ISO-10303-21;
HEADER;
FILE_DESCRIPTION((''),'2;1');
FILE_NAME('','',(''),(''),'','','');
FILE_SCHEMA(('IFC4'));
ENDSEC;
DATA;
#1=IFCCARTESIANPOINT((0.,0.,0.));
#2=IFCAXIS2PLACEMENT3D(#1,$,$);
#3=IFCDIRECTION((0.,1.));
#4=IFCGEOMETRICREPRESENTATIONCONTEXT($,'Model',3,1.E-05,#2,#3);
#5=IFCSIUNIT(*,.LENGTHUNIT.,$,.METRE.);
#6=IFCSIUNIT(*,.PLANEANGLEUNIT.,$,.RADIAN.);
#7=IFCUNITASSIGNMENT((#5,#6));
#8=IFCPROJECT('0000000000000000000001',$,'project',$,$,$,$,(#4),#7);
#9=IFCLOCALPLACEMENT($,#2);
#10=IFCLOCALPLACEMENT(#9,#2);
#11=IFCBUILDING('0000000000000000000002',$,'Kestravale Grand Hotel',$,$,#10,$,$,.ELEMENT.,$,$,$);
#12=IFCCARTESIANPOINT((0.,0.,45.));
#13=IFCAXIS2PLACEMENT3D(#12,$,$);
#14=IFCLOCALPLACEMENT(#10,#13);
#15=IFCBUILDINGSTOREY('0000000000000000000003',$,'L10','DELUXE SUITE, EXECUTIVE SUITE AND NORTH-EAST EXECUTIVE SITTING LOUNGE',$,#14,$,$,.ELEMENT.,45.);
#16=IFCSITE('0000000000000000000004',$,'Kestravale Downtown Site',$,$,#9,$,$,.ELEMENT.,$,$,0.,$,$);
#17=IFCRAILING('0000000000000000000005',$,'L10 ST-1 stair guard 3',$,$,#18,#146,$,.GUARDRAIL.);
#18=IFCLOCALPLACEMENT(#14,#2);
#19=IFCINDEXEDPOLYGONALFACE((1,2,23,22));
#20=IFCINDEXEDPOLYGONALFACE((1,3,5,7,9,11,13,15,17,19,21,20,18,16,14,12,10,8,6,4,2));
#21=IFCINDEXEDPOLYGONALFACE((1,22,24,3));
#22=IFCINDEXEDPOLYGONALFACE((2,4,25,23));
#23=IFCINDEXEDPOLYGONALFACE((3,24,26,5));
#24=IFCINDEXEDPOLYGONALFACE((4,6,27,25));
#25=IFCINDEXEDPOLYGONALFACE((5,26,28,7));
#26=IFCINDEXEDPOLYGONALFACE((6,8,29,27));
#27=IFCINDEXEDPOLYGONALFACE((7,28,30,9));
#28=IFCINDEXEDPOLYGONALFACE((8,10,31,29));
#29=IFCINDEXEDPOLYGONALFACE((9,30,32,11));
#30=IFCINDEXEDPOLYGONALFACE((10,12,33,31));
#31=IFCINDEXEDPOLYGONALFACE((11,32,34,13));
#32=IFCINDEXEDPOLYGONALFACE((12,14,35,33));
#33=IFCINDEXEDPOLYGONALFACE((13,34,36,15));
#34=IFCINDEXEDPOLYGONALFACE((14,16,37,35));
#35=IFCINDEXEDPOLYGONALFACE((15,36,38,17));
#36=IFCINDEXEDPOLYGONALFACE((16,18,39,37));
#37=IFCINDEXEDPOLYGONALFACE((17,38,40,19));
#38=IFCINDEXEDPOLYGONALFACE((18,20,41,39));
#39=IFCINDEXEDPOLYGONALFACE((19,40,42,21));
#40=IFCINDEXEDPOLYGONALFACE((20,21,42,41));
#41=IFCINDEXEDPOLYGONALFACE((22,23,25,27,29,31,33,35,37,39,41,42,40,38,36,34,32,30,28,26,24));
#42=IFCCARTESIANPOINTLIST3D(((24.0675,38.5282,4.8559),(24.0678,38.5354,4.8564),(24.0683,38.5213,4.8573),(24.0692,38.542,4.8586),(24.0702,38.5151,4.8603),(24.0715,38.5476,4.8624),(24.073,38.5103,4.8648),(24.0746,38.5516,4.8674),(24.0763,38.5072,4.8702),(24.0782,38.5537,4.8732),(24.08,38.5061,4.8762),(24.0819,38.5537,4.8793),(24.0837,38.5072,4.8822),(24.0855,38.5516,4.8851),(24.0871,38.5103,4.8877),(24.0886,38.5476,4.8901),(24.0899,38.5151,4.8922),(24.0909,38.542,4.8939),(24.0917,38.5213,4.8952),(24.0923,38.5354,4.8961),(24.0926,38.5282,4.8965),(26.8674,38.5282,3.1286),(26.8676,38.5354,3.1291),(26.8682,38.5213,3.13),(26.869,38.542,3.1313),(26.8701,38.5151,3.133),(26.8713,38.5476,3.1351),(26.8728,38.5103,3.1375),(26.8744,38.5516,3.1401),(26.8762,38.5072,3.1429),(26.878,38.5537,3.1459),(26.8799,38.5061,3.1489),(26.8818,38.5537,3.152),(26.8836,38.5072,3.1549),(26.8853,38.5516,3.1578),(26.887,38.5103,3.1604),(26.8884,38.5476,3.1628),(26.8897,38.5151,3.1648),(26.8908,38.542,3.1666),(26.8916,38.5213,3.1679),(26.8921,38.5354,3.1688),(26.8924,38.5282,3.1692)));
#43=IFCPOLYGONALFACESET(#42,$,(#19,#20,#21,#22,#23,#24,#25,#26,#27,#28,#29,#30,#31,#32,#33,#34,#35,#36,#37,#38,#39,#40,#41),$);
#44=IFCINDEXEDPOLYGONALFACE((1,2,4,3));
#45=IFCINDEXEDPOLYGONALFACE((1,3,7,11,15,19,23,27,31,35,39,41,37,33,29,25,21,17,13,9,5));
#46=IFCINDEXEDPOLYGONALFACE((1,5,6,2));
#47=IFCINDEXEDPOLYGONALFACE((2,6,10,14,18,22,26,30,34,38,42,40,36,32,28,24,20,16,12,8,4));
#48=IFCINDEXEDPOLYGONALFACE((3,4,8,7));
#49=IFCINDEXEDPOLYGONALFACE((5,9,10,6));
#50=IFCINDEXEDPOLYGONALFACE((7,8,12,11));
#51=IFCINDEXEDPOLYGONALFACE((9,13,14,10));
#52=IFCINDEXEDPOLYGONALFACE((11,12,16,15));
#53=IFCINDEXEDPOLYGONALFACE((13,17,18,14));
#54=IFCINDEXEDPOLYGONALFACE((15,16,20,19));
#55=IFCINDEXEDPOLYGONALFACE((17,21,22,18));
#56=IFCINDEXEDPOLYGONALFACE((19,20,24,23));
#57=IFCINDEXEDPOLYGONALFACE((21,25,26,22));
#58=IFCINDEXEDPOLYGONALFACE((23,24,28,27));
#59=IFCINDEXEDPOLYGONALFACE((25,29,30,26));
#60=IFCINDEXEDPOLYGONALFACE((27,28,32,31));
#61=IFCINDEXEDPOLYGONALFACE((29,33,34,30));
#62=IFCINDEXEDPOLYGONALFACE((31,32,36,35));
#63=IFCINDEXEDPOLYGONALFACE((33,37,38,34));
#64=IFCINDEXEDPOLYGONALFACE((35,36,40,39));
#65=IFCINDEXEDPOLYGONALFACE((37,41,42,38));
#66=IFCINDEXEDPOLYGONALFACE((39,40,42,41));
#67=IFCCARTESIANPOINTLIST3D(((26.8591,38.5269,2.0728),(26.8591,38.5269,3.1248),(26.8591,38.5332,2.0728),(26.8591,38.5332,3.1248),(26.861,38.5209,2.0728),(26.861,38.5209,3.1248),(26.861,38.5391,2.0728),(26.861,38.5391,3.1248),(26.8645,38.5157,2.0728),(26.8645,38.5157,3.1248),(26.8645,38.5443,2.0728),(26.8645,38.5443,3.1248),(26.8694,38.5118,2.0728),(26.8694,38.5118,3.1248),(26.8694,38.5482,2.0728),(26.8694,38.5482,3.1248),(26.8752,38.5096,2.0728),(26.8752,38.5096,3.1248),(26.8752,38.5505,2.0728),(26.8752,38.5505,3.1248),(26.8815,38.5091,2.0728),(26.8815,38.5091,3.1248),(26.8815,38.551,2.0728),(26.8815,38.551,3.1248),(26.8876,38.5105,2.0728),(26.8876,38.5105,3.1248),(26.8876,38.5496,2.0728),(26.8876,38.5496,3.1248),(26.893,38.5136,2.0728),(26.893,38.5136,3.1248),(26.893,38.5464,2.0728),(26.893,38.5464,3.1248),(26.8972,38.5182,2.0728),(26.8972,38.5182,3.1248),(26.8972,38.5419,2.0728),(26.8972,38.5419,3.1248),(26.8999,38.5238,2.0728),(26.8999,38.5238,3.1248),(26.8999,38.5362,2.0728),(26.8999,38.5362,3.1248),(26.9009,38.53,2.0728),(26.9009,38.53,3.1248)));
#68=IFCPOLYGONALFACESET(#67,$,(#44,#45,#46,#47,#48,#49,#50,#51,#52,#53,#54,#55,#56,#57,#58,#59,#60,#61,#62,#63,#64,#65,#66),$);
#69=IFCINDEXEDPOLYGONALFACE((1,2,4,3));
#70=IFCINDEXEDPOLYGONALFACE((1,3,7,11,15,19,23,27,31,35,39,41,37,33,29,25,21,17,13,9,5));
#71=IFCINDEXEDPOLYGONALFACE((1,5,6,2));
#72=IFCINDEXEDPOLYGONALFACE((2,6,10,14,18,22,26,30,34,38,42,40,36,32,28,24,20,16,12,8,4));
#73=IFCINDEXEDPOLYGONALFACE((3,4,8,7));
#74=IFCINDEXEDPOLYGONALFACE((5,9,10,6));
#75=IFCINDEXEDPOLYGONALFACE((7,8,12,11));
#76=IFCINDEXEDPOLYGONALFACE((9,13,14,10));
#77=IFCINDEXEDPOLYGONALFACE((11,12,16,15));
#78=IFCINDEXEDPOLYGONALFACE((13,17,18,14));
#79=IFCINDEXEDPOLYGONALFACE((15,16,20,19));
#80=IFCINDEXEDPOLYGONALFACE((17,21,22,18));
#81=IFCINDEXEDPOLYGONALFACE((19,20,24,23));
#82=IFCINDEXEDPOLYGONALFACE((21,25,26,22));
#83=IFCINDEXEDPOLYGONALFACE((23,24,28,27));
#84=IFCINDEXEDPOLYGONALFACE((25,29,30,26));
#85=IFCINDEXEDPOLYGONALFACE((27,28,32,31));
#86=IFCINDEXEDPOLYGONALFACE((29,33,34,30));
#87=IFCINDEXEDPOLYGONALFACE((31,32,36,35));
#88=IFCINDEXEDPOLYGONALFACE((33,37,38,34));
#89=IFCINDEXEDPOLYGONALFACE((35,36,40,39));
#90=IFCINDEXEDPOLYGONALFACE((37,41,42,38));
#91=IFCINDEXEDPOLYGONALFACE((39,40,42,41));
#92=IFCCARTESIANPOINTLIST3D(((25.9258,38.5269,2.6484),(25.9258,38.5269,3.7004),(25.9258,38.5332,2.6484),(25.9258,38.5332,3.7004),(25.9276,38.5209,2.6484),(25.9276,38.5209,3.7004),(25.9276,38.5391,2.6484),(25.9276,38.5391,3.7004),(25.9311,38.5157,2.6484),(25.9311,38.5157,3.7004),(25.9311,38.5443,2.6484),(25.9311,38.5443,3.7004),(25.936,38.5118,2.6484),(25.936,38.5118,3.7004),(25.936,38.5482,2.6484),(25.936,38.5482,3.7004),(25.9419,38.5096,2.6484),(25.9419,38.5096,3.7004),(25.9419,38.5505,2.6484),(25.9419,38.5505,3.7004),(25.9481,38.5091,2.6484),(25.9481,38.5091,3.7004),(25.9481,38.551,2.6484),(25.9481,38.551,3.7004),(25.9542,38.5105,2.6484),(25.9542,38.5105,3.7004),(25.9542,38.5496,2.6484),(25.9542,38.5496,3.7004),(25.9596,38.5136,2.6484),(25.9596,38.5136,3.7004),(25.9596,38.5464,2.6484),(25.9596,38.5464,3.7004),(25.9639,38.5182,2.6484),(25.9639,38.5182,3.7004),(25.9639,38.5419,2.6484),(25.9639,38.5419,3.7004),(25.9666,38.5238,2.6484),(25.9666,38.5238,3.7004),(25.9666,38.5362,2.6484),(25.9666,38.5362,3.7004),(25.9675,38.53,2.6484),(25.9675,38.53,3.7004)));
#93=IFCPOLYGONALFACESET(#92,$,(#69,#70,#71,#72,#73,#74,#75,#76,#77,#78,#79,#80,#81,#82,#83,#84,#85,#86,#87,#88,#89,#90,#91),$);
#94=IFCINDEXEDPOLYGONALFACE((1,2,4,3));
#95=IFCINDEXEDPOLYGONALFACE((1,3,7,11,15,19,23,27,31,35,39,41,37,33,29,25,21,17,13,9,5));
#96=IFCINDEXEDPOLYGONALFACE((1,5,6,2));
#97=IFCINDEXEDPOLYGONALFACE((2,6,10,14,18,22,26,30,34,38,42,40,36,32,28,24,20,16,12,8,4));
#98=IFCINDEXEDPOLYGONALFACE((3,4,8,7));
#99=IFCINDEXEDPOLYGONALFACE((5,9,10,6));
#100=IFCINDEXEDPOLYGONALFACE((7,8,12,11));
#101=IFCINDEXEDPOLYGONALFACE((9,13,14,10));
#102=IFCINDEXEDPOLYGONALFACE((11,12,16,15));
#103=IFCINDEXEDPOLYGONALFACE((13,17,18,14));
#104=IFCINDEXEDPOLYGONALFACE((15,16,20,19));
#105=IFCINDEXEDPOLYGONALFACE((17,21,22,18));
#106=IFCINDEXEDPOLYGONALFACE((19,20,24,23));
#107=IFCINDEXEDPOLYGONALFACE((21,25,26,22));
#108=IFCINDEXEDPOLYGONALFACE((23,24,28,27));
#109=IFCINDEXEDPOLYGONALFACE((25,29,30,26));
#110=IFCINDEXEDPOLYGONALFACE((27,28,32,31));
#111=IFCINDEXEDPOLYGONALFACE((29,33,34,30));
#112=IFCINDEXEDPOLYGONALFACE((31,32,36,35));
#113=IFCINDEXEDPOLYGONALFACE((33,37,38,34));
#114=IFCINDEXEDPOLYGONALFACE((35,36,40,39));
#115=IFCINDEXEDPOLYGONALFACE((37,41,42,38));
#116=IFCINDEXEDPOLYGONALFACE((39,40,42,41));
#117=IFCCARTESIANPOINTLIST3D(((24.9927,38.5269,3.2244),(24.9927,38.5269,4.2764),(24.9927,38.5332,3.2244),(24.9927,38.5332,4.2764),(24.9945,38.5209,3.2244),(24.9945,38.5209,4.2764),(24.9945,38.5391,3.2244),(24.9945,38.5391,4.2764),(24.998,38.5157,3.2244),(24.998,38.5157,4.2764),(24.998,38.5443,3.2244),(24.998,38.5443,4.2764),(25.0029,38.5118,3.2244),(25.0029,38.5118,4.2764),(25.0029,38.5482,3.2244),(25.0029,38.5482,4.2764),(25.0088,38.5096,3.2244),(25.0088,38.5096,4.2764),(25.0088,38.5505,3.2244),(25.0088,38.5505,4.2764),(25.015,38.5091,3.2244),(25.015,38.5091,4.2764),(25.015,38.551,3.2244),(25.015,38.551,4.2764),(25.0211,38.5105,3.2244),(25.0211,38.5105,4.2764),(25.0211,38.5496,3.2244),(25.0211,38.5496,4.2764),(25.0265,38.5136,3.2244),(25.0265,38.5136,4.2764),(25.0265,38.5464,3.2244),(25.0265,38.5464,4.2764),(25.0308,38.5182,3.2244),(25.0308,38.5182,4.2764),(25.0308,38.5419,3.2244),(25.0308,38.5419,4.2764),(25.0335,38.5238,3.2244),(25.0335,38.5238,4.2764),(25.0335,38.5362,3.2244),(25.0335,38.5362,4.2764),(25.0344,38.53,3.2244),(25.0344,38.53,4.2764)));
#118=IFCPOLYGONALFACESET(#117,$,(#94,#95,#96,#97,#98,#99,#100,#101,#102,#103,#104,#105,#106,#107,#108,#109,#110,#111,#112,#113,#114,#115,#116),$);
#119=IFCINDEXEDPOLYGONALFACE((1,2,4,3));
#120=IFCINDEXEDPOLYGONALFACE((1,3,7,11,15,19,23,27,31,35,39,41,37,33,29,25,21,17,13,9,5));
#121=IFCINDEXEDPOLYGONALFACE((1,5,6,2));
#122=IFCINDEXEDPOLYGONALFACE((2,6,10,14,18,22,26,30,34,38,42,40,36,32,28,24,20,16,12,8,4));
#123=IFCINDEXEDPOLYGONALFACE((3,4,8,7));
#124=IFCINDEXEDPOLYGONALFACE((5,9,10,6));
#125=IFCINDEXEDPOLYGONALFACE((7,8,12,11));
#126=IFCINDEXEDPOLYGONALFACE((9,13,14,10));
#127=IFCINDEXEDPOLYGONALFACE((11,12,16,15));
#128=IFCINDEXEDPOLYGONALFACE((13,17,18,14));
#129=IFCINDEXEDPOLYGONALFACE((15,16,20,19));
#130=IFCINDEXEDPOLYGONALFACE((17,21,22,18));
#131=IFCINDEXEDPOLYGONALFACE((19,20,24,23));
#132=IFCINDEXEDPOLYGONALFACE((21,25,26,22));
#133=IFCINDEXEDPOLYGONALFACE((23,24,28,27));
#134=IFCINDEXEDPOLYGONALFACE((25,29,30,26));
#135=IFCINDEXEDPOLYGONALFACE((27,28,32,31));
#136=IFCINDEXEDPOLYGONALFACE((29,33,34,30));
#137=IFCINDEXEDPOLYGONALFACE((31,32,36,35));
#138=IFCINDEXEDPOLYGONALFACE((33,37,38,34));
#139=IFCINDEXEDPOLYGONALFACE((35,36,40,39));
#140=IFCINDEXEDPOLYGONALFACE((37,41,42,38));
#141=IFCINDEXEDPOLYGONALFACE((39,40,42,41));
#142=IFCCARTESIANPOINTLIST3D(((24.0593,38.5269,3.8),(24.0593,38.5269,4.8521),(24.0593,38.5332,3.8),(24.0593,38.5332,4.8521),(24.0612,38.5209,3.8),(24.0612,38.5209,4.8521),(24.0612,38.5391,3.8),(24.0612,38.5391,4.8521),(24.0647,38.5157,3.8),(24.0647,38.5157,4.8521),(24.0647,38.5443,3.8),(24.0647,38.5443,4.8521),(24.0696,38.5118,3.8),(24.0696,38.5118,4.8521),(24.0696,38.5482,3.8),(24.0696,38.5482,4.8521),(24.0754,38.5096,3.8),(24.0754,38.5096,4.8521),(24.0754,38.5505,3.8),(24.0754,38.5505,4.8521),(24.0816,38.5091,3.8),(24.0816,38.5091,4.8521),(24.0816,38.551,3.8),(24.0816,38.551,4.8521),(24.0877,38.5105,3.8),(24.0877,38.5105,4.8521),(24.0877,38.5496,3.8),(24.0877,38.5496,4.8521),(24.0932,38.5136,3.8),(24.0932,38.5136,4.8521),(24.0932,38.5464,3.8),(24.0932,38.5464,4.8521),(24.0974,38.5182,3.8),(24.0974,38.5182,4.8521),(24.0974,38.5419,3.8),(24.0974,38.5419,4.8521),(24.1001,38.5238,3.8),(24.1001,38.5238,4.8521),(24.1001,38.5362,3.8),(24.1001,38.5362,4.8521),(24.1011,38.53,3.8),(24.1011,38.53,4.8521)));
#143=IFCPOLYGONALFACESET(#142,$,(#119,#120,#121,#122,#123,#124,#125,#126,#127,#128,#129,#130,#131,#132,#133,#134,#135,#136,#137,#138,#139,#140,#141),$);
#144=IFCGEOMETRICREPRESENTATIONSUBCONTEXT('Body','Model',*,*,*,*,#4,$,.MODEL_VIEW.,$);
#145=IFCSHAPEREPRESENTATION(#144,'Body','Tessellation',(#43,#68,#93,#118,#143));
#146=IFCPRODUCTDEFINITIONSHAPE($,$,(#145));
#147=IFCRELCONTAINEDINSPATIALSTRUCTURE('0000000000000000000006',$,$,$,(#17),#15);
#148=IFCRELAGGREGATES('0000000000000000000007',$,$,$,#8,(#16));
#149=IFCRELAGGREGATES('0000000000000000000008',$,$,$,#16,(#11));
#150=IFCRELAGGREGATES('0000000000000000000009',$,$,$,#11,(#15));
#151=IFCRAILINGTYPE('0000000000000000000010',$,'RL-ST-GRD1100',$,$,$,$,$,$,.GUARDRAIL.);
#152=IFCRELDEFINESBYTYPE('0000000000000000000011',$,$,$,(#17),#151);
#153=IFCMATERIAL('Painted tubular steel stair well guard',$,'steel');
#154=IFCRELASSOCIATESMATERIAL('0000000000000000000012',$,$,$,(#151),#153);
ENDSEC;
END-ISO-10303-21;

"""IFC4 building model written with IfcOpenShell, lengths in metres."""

from ifc_helpers import new_model, si_unit, direction, frame, origin, origin_2d, place, context, subcontext, project, spatial, circle, extrude, material, type_object, element, save


model = new_model("IFC4")

# Units and contexts
model_context = context("Model", 3, precision=1e-05, world=origin(), true_north=direction((0.0, 1.0)))
body_context = subcontext(model_context, "Body", "Model", "MODEL_VIEW")
ifc_project = project(units=[si_unit("LENGTHUNIT", "METRE"), si_unit("PLANEANGLEUNIT", "RADIAN")], contexts=[model_context])

# Site, building, storey
site_placement = place(None, origin())
site = spatial("IfcSite", under=ifc_project, at=site_placement, Name="Kestravale Downtown Site", CompositionType="ELEMENT", RefElevation=0.0)
building_placement = place(site_placement, origin())
building = spatial("IfcBuilding", under=site, at=building_placement, Name="Kestravale Grand Hotel", CompositionType="ELEMENT")
storey_placement = place(building_placement, frame((0.0, 0.0, 45.0)))
storey = spatial("IfcBuildingStorey", under=building, at=storey_placement, Name="L10", Description="DELUXE SUITE, EXECUTIVE SUITE AND NORTH-EAST EXECUTIVE SITTING LOUNGE", CompositionType="ELEMENT", Elevation=45.0)

# Railing
ifc_material_1 = material(Name="Painted tubular steel stair well guard", Category="steel")
railing_type_1 = type_object("IfcRailingType", Name="RL-ST-GRD1100", PredefinedType="GUARDRAIL", material=ifc_material_1)
railing_1_placement = place(storey_placement, frame((26.8799, 38.53, 2.0728)))
element("IfcRailing", 1, at=railing_1_placement, inside=storey, type_object=railing_type_1, Name="L10 ST-1 stair guard 3", PredefinedType="GUARDRAIL", context=body_context, shape_type="SweptSolid", body=[
    extrude(circle(Radius=0.0239, at=origin_2d()), frame((0.0, 0.0, 1.0762), z_axis=(-0.851069, 0.0, 0.525054), x_axis=(0.0, -1.0, 0.0)), (0.0, 0.0, 1.0), 3.2898),
    extrude(circle(Radius=0.021, at=origin_2d()), origin(), (0.0, 0.0, 1.0), 1.052),
    extrude(circle(Radius=0.021, at=origin_2d()), frame((-0.9333, 0.0, 0.5757)), (0.0, 0.0, 1.0), 1.052),
    extrude(circle(Radius=0.021, at=origin_2d()), frame((-1.8665, 0.0, 1.1516)), (0.0, 0.0, 1.0), 1.052),
    extrude(circle(Radius=0.021, at=origin_2d()), frame((-2.7998, 0.0, 1.7273)), (0.0, 0.0, 1.0), 1.052),
])

save(model, "model.ifc")
